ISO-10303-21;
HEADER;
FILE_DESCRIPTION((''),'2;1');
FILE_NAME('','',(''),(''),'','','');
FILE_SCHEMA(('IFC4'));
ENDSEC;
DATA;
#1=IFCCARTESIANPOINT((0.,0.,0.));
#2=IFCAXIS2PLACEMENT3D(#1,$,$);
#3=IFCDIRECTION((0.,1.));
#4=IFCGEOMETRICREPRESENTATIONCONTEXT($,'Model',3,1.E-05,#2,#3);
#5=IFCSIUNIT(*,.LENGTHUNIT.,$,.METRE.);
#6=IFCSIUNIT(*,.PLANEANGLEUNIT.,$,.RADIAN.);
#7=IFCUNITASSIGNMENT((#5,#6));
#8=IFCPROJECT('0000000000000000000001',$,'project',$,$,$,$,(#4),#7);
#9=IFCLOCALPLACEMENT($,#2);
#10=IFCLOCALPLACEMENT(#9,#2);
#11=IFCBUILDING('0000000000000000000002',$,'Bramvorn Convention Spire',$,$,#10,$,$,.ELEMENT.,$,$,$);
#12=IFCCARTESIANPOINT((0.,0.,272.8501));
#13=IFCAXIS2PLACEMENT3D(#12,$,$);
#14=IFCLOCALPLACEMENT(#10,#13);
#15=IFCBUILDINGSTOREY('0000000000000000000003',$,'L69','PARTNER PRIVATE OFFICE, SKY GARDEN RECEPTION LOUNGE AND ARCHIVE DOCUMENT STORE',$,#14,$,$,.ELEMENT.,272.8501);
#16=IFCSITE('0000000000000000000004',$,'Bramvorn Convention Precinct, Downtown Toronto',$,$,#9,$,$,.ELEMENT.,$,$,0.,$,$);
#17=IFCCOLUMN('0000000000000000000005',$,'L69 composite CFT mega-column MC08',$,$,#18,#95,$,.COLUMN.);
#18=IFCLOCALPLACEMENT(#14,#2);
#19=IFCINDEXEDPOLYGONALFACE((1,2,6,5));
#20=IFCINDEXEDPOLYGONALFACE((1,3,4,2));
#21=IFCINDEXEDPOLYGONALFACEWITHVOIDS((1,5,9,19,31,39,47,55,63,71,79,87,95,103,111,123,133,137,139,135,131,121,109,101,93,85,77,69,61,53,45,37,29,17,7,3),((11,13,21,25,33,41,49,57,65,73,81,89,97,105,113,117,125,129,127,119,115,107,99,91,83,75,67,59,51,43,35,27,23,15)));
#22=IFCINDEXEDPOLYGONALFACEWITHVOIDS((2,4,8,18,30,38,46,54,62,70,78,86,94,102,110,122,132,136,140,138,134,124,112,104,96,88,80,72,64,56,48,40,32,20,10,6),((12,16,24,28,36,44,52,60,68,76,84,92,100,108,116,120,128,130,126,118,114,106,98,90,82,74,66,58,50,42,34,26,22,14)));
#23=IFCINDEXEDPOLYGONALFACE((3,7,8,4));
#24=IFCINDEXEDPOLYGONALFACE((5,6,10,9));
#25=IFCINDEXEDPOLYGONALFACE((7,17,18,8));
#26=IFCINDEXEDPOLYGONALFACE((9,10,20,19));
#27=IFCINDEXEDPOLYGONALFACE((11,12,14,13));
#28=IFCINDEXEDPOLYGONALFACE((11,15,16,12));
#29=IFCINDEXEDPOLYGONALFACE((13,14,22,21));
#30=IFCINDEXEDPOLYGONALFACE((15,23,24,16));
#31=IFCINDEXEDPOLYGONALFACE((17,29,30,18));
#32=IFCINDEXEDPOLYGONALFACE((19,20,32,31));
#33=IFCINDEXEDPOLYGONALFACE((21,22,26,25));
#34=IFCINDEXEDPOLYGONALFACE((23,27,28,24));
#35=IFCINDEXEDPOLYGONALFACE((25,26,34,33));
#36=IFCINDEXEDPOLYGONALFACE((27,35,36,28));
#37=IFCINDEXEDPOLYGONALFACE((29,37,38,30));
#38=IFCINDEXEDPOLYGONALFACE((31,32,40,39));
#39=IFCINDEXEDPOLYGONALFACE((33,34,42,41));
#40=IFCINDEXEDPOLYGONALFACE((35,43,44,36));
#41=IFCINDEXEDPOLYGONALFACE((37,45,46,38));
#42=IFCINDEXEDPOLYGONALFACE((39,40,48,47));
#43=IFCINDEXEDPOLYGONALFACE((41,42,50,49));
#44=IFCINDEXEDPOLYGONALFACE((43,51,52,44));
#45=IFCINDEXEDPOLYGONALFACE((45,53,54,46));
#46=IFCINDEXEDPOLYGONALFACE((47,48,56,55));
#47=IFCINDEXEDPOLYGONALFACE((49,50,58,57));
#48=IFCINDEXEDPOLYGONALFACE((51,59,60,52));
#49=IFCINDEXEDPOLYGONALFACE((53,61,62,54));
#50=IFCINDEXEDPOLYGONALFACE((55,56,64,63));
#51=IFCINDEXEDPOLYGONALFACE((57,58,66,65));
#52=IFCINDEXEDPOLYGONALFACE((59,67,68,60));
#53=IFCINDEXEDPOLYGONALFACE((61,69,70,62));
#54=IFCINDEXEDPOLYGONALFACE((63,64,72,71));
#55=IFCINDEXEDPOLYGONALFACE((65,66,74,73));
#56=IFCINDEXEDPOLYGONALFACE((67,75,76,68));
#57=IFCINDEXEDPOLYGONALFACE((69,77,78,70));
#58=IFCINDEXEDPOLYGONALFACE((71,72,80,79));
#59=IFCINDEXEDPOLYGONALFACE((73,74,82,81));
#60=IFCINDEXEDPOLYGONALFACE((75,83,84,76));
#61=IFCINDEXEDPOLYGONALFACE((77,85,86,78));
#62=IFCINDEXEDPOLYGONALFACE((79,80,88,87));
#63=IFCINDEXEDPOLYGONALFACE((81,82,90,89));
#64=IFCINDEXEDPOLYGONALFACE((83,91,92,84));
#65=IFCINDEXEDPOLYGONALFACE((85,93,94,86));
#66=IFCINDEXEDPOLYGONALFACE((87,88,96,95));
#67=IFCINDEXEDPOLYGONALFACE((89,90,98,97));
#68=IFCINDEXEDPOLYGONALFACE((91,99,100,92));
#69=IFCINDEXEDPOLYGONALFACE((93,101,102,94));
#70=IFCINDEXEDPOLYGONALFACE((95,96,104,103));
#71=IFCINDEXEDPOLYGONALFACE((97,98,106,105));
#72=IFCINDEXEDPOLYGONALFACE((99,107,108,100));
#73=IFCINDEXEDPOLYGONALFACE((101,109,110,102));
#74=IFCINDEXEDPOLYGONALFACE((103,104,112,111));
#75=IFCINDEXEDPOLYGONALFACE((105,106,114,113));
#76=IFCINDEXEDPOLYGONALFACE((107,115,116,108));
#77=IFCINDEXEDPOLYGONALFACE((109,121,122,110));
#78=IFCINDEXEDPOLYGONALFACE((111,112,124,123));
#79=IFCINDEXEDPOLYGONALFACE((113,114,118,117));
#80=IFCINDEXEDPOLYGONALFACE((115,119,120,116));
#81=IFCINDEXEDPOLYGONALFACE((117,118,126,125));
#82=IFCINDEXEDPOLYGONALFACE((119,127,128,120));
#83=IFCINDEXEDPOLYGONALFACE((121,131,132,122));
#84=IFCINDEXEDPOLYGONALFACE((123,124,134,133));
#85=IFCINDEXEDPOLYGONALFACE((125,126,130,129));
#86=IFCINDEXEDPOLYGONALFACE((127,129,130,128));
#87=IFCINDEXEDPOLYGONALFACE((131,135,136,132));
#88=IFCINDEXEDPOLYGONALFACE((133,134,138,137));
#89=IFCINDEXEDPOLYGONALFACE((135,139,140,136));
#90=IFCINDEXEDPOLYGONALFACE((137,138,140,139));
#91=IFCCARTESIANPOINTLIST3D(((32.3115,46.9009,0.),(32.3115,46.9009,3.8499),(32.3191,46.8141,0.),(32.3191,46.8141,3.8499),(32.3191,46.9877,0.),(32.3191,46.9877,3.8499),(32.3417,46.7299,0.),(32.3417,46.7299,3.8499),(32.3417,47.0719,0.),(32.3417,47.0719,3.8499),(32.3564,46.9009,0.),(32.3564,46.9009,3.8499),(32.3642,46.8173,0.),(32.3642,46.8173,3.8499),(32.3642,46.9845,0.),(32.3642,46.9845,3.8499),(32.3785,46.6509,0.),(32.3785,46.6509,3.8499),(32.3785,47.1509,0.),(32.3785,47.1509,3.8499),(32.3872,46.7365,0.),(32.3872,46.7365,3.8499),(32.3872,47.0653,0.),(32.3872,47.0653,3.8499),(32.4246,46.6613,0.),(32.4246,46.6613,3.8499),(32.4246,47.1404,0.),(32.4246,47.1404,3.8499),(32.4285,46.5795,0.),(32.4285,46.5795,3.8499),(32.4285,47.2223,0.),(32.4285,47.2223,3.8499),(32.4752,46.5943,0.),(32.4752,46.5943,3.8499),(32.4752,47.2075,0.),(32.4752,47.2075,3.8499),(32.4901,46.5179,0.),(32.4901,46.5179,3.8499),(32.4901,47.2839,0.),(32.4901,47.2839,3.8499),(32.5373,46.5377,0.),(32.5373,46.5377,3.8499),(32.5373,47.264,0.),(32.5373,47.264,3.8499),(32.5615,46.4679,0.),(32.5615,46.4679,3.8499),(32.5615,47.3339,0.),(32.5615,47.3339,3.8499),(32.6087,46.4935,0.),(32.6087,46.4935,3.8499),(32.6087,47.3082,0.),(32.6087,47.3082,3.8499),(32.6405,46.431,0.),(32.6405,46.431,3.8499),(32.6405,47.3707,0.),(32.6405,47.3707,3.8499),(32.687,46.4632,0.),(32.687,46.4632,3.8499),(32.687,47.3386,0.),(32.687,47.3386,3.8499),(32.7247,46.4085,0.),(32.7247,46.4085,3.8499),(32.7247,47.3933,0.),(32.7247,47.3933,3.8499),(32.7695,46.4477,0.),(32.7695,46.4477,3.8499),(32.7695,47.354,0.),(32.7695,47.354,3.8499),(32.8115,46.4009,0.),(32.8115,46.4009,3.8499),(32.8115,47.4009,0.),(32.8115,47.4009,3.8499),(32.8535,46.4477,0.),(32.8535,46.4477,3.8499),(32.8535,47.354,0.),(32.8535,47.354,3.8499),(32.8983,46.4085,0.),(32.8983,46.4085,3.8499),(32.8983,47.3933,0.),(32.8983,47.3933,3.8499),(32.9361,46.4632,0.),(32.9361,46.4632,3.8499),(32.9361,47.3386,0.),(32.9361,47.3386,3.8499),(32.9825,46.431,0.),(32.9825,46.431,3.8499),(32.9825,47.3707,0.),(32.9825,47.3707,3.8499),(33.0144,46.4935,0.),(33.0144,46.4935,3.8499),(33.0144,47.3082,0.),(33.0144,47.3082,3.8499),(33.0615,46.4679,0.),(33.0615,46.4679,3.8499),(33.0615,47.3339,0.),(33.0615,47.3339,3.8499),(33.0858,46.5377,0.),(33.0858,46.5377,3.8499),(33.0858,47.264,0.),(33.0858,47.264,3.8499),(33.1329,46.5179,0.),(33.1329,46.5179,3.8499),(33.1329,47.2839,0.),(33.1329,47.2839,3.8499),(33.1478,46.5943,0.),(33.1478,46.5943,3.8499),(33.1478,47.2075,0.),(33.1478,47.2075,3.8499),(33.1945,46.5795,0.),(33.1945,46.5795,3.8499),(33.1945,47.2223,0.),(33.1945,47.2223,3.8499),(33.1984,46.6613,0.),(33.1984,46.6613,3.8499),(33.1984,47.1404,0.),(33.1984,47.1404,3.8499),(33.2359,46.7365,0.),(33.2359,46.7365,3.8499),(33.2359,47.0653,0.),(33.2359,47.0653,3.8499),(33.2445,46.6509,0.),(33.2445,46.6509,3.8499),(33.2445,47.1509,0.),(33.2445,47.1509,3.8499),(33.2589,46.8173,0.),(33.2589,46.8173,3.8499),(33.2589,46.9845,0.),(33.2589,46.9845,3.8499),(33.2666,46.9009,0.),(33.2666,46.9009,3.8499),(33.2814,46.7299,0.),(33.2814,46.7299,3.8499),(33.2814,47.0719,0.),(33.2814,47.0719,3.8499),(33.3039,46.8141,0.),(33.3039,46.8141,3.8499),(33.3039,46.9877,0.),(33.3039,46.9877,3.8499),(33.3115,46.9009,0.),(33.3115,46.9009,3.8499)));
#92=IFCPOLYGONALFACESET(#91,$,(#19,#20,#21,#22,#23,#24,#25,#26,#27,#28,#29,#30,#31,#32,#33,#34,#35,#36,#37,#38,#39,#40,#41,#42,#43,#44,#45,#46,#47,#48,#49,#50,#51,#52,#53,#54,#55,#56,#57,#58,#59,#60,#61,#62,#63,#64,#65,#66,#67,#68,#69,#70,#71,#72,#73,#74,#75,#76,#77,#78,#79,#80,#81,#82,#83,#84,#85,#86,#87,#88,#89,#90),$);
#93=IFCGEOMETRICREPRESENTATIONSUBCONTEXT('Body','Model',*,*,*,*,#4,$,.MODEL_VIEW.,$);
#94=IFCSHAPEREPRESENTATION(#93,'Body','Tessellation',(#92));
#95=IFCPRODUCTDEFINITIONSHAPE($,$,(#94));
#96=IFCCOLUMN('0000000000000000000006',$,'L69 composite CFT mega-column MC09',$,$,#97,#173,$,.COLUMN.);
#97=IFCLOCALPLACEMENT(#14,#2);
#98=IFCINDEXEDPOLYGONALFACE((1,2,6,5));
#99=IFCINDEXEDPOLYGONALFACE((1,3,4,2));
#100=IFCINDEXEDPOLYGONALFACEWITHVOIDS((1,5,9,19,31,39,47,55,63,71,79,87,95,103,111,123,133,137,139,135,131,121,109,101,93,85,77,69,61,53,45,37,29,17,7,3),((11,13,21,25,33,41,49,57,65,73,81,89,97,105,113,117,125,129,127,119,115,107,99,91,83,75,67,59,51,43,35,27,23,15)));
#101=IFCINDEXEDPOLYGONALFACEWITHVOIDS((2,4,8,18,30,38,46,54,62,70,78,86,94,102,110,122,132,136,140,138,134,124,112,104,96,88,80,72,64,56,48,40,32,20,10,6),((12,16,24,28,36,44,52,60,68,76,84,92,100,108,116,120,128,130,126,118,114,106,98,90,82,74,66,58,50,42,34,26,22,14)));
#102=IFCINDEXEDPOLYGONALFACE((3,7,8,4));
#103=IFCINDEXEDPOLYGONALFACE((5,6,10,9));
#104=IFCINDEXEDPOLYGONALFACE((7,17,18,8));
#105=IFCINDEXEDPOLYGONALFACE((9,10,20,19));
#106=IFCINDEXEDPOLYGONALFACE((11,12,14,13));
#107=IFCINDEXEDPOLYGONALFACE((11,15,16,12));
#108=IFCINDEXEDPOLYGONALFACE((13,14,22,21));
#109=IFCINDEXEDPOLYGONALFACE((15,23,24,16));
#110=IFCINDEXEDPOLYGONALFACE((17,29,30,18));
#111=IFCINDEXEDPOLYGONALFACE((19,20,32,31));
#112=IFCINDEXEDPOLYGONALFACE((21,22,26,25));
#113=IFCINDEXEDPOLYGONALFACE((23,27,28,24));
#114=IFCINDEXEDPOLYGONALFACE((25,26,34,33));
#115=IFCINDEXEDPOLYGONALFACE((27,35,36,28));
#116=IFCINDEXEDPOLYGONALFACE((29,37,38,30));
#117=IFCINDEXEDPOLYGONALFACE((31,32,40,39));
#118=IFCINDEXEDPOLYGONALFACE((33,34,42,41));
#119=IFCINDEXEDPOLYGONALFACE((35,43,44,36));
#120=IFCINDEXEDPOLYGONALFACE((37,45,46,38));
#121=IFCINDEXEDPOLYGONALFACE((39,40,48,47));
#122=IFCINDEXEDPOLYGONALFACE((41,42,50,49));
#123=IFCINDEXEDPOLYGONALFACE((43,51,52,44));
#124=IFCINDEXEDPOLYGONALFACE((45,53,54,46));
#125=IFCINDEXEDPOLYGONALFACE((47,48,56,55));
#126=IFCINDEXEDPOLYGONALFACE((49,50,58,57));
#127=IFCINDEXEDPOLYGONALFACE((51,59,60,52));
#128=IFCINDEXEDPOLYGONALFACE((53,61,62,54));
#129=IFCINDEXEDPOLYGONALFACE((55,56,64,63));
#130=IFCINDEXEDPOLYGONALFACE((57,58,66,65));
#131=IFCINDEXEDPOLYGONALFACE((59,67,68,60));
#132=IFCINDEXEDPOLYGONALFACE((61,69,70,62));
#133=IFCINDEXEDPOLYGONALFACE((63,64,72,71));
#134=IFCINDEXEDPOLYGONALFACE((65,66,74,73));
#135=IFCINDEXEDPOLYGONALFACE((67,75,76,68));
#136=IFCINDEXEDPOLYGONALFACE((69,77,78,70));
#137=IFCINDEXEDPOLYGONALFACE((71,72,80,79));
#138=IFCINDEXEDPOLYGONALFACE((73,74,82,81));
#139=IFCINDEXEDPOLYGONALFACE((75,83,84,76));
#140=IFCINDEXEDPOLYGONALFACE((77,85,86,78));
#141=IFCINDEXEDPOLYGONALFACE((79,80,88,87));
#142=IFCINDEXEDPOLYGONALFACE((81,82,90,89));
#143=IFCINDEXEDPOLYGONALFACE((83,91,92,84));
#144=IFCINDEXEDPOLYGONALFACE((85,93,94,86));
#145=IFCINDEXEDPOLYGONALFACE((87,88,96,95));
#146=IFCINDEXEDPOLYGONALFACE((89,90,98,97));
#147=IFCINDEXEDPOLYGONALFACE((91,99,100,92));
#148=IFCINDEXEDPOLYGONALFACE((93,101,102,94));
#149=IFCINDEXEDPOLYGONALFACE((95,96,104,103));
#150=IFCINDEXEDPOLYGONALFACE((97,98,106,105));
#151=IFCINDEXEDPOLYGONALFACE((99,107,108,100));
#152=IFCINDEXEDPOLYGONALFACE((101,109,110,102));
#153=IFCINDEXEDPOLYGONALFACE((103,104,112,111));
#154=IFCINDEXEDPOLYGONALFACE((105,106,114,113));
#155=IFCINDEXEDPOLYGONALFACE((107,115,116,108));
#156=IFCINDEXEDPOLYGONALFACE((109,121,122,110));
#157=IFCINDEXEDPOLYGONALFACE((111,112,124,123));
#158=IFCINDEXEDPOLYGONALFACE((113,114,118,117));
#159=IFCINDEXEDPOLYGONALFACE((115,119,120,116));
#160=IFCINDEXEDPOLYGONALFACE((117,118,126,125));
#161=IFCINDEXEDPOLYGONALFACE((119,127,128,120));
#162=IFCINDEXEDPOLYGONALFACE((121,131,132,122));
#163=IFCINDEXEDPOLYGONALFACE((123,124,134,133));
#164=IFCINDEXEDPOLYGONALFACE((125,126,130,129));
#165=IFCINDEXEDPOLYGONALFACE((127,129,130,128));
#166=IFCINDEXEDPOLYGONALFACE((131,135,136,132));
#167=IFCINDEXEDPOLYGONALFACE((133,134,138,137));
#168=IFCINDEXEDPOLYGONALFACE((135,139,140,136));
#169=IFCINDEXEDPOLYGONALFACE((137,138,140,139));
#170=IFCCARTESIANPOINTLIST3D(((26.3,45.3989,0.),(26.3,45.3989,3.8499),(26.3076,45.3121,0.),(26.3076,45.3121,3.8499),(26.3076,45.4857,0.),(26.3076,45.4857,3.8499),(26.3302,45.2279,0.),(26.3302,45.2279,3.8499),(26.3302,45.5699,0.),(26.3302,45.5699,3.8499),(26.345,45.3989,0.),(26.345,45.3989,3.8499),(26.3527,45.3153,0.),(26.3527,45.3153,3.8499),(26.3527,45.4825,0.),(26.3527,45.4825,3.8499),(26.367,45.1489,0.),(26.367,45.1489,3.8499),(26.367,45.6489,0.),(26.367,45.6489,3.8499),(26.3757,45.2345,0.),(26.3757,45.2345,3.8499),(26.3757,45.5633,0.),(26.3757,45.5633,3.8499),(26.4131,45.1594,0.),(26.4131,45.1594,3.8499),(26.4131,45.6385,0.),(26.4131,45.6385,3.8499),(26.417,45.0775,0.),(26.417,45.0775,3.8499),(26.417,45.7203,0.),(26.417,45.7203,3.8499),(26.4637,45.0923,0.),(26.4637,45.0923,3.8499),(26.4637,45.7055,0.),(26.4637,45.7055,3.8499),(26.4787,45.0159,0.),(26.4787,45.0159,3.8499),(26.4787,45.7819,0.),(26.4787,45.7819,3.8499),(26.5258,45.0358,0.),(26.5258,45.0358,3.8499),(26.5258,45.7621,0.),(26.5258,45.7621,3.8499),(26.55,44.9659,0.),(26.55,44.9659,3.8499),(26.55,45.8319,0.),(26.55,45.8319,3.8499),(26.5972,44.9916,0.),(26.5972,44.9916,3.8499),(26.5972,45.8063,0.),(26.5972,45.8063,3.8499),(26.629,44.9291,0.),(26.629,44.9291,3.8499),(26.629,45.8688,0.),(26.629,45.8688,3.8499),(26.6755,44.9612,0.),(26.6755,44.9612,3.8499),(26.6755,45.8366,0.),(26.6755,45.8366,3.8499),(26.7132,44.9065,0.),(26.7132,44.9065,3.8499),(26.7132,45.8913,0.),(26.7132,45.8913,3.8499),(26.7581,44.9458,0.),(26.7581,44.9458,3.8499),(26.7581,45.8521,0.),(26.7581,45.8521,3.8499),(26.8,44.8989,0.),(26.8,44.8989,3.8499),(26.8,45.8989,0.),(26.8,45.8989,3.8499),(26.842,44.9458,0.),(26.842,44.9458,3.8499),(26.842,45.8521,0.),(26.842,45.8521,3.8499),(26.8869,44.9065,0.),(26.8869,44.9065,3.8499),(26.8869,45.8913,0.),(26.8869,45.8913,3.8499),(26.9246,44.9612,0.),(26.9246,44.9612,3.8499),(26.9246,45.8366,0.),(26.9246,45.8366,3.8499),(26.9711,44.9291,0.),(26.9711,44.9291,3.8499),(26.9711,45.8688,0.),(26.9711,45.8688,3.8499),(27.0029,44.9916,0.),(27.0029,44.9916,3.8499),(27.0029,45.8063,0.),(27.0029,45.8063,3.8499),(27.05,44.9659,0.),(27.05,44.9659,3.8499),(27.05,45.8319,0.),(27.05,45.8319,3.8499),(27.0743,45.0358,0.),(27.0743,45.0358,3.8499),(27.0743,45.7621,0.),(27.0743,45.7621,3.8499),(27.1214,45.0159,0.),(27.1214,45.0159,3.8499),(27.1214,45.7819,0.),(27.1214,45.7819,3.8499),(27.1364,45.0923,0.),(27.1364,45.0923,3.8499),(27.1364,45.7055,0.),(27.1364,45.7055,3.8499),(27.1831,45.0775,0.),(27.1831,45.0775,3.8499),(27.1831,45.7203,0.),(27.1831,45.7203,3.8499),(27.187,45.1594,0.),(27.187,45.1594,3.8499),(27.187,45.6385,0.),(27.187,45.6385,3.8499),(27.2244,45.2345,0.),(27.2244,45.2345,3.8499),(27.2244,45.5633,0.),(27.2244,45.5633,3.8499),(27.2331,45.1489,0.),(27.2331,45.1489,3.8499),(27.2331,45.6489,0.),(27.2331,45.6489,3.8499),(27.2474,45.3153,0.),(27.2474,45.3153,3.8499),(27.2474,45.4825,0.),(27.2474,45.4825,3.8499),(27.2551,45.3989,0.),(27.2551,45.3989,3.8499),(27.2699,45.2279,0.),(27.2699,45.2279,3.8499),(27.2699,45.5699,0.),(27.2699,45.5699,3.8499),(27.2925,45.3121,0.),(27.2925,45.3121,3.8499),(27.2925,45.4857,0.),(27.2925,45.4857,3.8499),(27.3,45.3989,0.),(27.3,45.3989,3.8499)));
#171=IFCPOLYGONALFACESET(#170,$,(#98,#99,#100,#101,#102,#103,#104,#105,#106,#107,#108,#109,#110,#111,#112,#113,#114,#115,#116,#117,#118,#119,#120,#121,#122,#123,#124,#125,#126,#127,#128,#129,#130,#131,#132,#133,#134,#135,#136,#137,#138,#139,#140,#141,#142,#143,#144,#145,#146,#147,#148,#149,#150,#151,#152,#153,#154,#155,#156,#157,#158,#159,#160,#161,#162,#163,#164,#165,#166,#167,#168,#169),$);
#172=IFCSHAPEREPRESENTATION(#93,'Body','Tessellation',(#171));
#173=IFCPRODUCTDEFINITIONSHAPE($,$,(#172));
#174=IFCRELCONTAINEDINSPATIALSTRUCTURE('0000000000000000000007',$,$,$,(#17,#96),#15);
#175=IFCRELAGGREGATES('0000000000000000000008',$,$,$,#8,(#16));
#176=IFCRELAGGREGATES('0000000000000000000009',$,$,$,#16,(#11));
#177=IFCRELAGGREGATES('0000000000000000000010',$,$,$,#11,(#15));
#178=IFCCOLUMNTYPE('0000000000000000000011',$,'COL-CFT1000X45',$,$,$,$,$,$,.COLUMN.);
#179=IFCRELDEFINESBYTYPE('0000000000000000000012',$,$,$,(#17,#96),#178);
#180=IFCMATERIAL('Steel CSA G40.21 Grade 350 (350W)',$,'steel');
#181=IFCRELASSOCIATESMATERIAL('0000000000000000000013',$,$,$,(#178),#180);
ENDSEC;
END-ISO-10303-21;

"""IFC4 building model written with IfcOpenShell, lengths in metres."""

from ifc_helpers import new_model, si_unit, direction, frame, origin, origin_2d, place, context, subcontext, project, spatial, hollow_circle, extrude, material, material_profile, profile_set, type_object, element, save


model = new_model("IFC4")

# Units and contexts
model_context = context("Model", 3, precision=1e-05, world=origin(), true_north=direction((0.0, 1.0)))
body_context = subcontext(model_context, "Body", "Model", "MODEL_VIEW")
ifc_project = project(units=[si_unit("LENGTHUNIT", "METRE"), si_unit("PLANEANGLEUNIT", "RADIAN")], contexts=[model_context])

# Site, building, storey
site_placement = place(None, origin())
site = spatial("IfcSite", under=ifc_project, at=site_placement, Name="Bramvorn Convention Precinct, Downtown Toronto", CompositionType="ELEMENT", RefElevation=0.0)
building_placement = place(site_placement, origin())
building = spatial("IfcBuilding", under=site, at=building_placement, Name="Bramvorn Convention Spire", CompositionType="ELEMENT")
storey_placement = place(building_placement, frame((0.0, 0.0, 272.8501)))
storey = spatial("IfcBuildingStorey", under=building, at=storey_placement, Name="L69", Description="PARTNER PRIVATE OFFICE, SKY GARDEN RECEPTION LOUNGE AND ARCHIVE DOCUMENT STORE", CompositionType="ELEMENT", Elevation=272.8501)

# Columns
ifc_material_1 = material(Name="Steel CSA G40.21 Grade 350 (350W)", Category="steel")
ifc_material_profile_1 = material_profile(ifc_material_1, hollow_circle(Radius=0.5, WallThickness=0.0449, at=origin_2d()))
ifc_profile_set_1 = profile_set([ifc_material_profile_1], Name="Steel CSA G40.21 Grade 350 (350W) - CFT1000X45")
column_type = type_object("IfcColumnType", Name="COL-CFT1000X45", PredefinedType="COLUMN", material=ifc_profile_set_1)
for number, where, z_axis, x_axis, name in (
    (1, (32.8115, 46.9009, 0.0), (0.0, 0.0, 1.0), (1.0, 0.0, 0.0), "L69 composite CFT mega-column MC08"),
    (2, (26.8, 45.3989, 0.0), (0.0, 0.0, 1.0), (1.0, 0.0, 0.0), "L69 composite CFT mega-column MC09"),
):
    element("IfcColumn", number, at=place(storey_placement, frame(where, z_axis=z_axis, x_axis=x_axis)), inside=storey, type_object=column_type, Name=name, PredefinedType="COLUMN", context=body_context, shape_type="SweptSolid", body=[
        extrude(hollow_circle(Radius=0.5, WallThickness=0.0449, at=origin_2d()), origin(), (0.0, 0.0, 1.0), 3.8499),
    ])

save(model, "model.ifc")
